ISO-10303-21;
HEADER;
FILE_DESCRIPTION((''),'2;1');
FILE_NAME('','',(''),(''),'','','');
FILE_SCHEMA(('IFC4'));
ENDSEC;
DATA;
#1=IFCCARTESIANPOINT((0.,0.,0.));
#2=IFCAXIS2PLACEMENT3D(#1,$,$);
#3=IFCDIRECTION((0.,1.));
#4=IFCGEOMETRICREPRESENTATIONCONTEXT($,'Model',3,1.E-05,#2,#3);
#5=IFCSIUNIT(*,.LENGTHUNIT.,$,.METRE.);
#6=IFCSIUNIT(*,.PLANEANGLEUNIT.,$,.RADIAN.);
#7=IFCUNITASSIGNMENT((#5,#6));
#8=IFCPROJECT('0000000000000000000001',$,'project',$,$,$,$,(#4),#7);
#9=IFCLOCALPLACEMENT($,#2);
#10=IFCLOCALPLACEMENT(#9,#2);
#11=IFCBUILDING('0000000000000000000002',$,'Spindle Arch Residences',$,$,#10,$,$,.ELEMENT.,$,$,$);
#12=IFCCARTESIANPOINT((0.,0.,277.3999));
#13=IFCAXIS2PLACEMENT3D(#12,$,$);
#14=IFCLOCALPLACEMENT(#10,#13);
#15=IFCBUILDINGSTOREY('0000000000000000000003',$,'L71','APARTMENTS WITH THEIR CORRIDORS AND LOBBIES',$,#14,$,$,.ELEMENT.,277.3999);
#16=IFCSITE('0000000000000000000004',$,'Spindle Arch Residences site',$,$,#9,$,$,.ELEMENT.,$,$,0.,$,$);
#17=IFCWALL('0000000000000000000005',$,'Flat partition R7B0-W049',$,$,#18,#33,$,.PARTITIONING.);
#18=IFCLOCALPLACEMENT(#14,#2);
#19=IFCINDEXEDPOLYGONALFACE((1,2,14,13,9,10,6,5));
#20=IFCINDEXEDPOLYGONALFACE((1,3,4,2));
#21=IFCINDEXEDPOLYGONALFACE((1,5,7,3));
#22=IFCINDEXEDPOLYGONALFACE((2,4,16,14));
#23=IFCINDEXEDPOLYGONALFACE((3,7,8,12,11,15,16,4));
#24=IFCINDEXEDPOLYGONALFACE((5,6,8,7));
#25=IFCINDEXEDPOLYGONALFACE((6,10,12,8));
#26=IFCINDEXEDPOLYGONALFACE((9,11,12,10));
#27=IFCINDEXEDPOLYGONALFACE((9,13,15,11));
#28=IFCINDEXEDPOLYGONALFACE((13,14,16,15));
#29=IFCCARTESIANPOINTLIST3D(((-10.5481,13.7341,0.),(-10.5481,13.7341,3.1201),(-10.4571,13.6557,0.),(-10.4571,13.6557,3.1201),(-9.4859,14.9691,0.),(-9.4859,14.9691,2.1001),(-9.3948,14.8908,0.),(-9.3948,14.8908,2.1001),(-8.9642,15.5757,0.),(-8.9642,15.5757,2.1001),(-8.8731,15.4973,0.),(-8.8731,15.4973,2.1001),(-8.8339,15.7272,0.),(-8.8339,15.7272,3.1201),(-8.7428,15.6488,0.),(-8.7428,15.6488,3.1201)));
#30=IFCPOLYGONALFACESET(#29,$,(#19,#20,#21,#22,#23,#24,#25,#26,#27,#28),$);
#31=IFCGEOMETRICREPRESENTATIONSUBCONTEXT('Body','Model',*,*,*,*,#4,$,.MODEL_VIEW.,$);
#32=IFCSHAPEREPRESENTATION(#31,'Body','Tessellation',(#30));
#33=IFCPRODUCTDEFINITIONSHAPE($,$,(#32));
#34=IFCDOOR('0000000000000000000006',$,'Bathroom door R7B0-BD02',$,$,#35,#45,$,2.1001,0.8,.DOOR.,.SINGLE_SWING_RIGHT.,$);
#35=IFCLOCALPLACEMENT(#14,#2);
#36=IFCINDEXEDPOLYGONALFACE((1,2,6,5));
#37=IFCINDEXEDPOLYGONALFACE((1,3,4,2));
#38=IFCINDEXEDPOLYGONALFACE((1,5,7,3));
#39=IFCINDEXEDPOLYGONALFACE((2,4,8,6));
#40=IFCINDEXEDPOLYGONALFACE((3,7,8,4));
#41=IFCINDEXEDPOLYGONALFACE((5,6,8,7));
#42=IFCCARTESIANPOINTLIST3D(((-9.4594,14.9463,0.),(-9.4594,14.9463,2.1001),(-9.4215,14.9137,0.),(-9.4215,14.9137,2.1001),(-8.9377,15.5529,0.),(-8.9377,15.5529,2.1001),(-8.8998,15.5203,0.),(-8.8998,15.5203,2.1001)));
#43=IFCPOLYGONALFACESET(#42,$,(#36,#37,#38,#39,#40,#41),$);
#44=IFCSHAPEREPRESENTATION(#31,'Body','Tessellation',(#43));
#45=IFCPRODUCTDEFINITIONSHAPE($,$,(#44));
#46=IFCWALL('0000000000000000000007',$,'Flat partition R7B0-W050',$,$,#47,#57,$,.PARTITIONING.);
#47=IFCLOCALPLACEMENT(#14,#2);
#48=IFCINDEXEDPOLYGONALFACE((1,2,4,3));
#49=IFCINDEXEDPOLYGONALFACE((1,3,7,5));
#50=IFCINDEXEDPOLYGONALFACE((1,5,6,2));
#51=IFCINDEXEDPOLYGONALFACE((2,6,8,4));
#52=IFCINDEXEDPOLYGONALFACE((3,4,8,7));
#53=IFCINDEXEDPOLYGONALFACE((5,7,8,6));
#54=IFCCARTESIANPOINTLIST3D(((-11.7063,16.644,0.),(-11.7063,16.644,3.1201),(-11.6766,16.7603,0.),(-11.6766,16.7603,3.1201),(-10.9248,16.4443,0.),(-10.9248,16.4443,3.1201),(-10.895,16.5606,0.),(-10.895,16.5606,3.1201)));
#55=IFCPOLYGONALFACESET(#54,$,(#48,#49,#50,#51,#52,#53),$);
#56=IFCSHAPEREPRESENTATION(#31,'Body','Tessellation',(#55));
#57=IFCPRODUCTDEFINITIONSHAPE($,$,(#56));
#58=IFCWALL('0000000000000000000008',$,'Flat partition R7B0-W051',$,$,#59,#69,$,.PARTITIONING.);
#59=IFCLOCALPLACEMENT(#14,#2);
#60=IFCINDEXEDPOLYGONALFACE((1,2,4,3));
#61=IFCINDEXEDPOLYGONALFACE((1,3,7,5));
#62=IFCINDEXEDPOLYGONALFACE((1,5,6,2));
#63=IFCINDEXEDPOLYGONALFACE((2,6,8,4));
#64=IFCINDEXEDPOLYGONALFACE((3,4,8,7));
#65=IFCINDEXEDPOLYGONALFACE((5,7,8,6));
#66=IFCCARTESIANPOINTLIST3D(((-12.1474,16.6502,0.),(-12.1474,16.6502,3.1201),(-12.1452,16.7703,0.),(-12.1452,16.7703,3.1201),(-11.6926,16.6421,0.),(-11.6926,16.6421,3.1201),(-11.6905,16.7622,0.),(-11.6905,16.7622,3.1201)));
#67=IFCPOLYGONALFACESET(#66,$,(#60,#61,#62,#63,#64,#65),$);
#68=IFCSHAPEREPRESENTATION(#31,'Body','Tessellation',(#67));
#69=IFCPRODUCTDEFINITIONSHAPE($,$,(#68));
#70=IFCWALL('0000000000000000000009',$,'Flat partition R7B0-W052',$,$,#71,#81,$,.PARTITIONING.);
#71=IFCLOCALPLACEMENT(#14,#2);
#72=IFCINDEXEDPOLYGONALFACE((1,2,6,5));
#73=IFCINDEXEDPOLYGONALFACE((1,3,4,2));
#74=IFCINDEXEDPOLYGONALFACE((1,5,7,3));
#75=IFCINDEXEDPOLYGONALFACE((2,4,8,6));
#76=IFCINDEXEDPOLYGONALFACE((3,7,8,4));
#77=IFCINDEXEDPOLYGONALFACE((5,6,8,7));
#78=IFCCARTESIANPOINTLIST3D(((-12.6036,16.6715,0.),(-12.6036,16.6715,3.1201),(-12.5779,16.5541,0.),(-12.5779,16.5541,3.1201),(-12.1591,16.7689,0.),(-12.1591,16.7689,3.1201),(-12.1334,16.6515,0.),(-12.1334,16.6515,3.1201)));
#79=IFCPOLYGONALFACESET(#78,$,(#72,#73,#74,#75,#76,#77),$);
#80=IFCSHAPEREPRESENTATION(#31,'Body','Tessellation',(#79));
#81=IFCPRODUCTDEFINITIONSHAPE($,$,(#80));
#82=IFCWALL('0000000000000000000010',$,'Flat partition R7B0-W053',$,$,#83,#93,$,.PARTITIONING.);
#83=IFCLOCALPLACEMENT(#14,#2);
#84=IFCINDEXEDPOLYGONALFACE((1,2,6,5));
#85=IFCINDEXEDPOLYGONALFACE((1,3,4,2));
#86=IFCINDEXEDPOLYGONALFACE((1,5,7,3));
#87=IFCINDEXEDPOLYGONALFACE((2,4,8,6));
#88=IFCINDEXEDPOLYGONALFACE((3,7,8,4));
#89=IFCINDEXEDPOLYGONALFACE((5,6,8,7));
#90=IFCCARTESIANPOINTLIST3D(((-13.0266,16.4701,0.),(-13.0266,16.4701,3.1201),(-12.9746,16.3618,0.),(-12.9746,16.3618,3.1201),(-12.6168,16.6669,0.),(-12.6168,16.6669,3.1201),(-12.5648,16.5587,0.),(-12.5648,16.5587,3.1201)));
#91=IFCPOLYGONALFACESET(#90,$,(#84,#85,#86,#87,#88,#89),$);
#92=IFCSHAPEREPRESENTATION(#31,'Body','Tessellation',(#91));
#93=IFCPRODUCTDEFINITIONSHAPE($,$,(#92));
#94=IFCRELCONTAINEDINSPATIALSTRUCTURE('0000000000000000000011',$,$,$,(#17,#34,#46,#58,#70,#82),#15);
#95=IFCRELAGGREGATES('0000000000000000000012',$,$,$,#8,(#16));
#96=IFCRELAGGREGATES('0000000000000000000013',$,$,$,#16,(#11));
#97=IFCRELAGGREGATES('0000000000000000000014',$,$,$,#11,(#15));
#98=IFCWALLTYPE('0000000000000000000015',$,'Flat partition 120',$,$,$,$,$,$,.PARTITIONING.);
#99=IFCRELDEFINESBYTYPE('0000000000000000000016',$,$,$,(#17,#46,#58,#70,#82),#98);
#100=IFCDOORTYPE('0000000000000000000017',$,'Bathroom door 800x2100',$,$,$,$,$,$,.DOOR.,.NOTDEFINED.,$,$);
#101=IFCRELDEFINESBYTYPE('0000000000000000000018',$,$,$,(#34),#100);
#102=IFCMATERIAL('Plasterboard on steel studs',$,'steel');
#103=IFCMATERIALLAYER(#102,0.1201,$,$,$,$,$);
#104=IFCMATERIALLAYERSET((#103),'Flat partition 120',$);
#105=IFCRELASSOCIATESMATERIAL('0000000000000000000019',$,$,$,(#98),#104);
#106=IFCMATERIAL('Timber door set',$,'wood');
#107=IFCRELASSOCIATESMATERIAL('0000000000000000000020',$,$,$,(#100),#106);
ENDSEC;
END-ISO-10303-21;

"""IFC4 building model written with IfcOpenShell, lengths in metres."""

from ifc_helpers import new_model, si_unit, direction, frame, frame_2d, origin, place, context, subcontext, project, spatial, rectangle, extrude, material, layer, layer_set, type_object, element, fill, save


model = new_model("IFC4")

# Units and contexts
model_context = context("Model", 3, precision=1e-05, world=origin(), true_north=direction((0.0, 1.0)))
body_context = subcontext(model_context, "Body", "Model", "MODEL_VIEW")
ifc_project = project(units=[si_unit("LENGTHUNIT", "METRE"), si_unit("PLANEANGLEUNIT", "RADIAN")], contexts=[model_context])

# Site, building, storey
site_placement = place(None, origin())
site = spatial("IfcSite", under=ifc_project, at=site_placement, Name="Spindle Arch Residences site", CompositionType="ELEMENT", RefElevation=0.0)
building_placement = place(site_placement, origin())
building = spatial("IfcBuilding", under=site, at=building_placement, Name="Spindle Arch Residences", CompositionType="ELEMENT")
storey_placement = place(building_placement, frame((0.0, 0.0, 277.3999)))
storey = spatial("IfcBuildingStorey", under=building, at=storey_placement, Name="L71", Description="APARTMENTS WITH THEIR CORRIDORS AND LOBBIES", CompositionType="ELEMENT", Elevation=277.3999)

# Shared definitions
ifc_material_1 = material(Name="Plasterboard on steel studs", Category="steel")
ifc_layer_1 = layer(ifc_material_1, 0.1201)
ifc_layer_set_1 = layer_set([ifc_layer_1], Name="Flat partition 120")
wall_type = type_object("IfcWallType", Name="Flat partition 120", PredefinedType="PARTITIONING", material=ifc_layer_set_1)

# Wall, opening, door
wall_1_placement = place(storey_placement, frame((-8.7883, 15.688, 0.0), z_axis=(0.0, 0.0, 1.0), x_axis=(-0.652091, -0.758141, 0.0)))
wall_1 = element("IfcWall", 1, at=wall_1_placement, inside=storey, type_object=wall_type, Name="Flat partition R7B0-W049", PredefinedType="PARTITIONING", context=body_context, shape_type="SweptSolid", body=[
    extrude(rectangle(XDim=2.6289, YDim=0.1201, at=frame_2d((1.3145, 0.0))), origin(), (0.0, 0.0, 1.0), 3.1201),
])
opening_1_placement = place(wall_1_placement, frame((0.2, 0.0, 0.0)))
opening_1 = element("IfcOpeningElement", 2, at=opening_1_placement, cuts=wall_1, PredefinedType="OPENING", context=body_context, shape_type="SweptSolid", body=[
    extrude(rectangle(XDim=0.8, YDim=2.1001, at=frame_2d((0.3999, 1.05))), frame((0.0, 0.0701, 0.0), z_axis=(0.0, -1.0, 0.0), x_axis=(1.0, 0.0, 0.0)), (0.0, 0.0, 1.0), 0.1401),
])
ifc_material_2 = material(Name="Timber door set", Category="wood")
door_type_1 = type_object("IfcDoorType", Name="Bathroom door 800x2100", OperationType="NOTDEFINED", PredefinedType="DOOR", material=ifc_material_2)
door_1_placement = place(opening_1_placement, origin())
door_1 = element("IfcDoor", 3, at=door_1_placement, inside=storey, type_object=door_type_1, Name="Bathroom door R7B0-BD02", OperationType="SINGLE_SWING_RIGHT", OverallHeight=2.1001, OverallWidth=0.8, PredefinedType="DOOR", context=body_context, shape_type="SweptSolid", body=[
    extrude(rectangle(XDim=0.8, YDim=2.1001, at=frame_2d((0.3999, 1.05))), frame((0.0, 0.0249, 0.0), z_axis=(0.0, -1.0, 0.0), x_axis=(1.0, 0.0, 0.0)), (0.0, 0.0, 1.0), 0.05),
])
fill(opening_1, door_1)

# Walls
wall_2_placement = place(storey_placement, frame((-10.9099, 16.5024, 0.0), z_axis=(0.0, 0.0, 1.0), x_axis=(-0.968865, 0.247589, 0.0)))
element("IfcWall", 4, at=wall_2_placement, inside=storey, type_object=wall_type, Name="Flat partition R7B0-W050", PredefinedType="PARTITIONING", context=body_context, shape_type="SweptSolid", body=[
    extrude(rectangle(XDim=0.8066, YDim=0.1201, at=frame_2d((0.4033, 0.0))), origin(), (0.0, 0.0, 1.0), 3.1201),
])
wall_3_placement = place(storey_placement, frame((-11.6914, 16.7021, 0.0), z_axis=(0.0, 0.0, 1.0), x_axis=(-0.999843, 0.017711, 0.0)))
element("IfcWall", 5, at=wall_3_placement, inside=storey, type_object=wall_type, Name="Flat partition R7B0-W051", PredefinedType="PARTITIONING", context=body_context, shape_type="SweptSolid", body=[
    extrude(rectangle(XDim=0.4548, YDim=0.1201, at=frame_2d((0.2275, 0.0))), origin(), (0.0, 0.0, 1.0), 3.1201),
])
wall_4_placement = place(storey_placement, frame((-12.1462, 16.7102, 0.0), z_axis=(0.0, 0.0, 1.0), x_axis=(-0.976826, -0.214033, 0.0)))
element("IfcWall", 6, at=wall_4_placement, inside=storey, type_object=wall_type, Name="Flat partition R7B0-W052", PredefinedType="PARTITIONING", context=body_context, shape_type="SweptSolid", body=[
    extrude(rectangle(XDim=0.4551, YDim=0.1201, at=frame_2d((0.2275, 0.0))), origin(), (0.0, 0.0, 1.0), 3.1201),
])
wall_5_placement = place(storey_placement, frame((-12.5908, 16.6128, 0.0), z_axis=(0.0, 0.0, 1.0), x_axis=(-0.901406, -0.432976, 0.0)))
element("IfcWall", 7, at=wall_5_placement, inside=storey, type_object=wall_type, Name="Flat partition R7B0-W053", PredefinedType="PARTITIONING", context=body_context, shape_type="SweptSolid", body=[
    extrude(rectangle(XDim=0.4546, YDim=0.1201, at=frame_2d((0.2273, 0.0))), origin(), (0.0, 0.0, 1.0), 3.1201),
])

save(model, "model.ifc")
